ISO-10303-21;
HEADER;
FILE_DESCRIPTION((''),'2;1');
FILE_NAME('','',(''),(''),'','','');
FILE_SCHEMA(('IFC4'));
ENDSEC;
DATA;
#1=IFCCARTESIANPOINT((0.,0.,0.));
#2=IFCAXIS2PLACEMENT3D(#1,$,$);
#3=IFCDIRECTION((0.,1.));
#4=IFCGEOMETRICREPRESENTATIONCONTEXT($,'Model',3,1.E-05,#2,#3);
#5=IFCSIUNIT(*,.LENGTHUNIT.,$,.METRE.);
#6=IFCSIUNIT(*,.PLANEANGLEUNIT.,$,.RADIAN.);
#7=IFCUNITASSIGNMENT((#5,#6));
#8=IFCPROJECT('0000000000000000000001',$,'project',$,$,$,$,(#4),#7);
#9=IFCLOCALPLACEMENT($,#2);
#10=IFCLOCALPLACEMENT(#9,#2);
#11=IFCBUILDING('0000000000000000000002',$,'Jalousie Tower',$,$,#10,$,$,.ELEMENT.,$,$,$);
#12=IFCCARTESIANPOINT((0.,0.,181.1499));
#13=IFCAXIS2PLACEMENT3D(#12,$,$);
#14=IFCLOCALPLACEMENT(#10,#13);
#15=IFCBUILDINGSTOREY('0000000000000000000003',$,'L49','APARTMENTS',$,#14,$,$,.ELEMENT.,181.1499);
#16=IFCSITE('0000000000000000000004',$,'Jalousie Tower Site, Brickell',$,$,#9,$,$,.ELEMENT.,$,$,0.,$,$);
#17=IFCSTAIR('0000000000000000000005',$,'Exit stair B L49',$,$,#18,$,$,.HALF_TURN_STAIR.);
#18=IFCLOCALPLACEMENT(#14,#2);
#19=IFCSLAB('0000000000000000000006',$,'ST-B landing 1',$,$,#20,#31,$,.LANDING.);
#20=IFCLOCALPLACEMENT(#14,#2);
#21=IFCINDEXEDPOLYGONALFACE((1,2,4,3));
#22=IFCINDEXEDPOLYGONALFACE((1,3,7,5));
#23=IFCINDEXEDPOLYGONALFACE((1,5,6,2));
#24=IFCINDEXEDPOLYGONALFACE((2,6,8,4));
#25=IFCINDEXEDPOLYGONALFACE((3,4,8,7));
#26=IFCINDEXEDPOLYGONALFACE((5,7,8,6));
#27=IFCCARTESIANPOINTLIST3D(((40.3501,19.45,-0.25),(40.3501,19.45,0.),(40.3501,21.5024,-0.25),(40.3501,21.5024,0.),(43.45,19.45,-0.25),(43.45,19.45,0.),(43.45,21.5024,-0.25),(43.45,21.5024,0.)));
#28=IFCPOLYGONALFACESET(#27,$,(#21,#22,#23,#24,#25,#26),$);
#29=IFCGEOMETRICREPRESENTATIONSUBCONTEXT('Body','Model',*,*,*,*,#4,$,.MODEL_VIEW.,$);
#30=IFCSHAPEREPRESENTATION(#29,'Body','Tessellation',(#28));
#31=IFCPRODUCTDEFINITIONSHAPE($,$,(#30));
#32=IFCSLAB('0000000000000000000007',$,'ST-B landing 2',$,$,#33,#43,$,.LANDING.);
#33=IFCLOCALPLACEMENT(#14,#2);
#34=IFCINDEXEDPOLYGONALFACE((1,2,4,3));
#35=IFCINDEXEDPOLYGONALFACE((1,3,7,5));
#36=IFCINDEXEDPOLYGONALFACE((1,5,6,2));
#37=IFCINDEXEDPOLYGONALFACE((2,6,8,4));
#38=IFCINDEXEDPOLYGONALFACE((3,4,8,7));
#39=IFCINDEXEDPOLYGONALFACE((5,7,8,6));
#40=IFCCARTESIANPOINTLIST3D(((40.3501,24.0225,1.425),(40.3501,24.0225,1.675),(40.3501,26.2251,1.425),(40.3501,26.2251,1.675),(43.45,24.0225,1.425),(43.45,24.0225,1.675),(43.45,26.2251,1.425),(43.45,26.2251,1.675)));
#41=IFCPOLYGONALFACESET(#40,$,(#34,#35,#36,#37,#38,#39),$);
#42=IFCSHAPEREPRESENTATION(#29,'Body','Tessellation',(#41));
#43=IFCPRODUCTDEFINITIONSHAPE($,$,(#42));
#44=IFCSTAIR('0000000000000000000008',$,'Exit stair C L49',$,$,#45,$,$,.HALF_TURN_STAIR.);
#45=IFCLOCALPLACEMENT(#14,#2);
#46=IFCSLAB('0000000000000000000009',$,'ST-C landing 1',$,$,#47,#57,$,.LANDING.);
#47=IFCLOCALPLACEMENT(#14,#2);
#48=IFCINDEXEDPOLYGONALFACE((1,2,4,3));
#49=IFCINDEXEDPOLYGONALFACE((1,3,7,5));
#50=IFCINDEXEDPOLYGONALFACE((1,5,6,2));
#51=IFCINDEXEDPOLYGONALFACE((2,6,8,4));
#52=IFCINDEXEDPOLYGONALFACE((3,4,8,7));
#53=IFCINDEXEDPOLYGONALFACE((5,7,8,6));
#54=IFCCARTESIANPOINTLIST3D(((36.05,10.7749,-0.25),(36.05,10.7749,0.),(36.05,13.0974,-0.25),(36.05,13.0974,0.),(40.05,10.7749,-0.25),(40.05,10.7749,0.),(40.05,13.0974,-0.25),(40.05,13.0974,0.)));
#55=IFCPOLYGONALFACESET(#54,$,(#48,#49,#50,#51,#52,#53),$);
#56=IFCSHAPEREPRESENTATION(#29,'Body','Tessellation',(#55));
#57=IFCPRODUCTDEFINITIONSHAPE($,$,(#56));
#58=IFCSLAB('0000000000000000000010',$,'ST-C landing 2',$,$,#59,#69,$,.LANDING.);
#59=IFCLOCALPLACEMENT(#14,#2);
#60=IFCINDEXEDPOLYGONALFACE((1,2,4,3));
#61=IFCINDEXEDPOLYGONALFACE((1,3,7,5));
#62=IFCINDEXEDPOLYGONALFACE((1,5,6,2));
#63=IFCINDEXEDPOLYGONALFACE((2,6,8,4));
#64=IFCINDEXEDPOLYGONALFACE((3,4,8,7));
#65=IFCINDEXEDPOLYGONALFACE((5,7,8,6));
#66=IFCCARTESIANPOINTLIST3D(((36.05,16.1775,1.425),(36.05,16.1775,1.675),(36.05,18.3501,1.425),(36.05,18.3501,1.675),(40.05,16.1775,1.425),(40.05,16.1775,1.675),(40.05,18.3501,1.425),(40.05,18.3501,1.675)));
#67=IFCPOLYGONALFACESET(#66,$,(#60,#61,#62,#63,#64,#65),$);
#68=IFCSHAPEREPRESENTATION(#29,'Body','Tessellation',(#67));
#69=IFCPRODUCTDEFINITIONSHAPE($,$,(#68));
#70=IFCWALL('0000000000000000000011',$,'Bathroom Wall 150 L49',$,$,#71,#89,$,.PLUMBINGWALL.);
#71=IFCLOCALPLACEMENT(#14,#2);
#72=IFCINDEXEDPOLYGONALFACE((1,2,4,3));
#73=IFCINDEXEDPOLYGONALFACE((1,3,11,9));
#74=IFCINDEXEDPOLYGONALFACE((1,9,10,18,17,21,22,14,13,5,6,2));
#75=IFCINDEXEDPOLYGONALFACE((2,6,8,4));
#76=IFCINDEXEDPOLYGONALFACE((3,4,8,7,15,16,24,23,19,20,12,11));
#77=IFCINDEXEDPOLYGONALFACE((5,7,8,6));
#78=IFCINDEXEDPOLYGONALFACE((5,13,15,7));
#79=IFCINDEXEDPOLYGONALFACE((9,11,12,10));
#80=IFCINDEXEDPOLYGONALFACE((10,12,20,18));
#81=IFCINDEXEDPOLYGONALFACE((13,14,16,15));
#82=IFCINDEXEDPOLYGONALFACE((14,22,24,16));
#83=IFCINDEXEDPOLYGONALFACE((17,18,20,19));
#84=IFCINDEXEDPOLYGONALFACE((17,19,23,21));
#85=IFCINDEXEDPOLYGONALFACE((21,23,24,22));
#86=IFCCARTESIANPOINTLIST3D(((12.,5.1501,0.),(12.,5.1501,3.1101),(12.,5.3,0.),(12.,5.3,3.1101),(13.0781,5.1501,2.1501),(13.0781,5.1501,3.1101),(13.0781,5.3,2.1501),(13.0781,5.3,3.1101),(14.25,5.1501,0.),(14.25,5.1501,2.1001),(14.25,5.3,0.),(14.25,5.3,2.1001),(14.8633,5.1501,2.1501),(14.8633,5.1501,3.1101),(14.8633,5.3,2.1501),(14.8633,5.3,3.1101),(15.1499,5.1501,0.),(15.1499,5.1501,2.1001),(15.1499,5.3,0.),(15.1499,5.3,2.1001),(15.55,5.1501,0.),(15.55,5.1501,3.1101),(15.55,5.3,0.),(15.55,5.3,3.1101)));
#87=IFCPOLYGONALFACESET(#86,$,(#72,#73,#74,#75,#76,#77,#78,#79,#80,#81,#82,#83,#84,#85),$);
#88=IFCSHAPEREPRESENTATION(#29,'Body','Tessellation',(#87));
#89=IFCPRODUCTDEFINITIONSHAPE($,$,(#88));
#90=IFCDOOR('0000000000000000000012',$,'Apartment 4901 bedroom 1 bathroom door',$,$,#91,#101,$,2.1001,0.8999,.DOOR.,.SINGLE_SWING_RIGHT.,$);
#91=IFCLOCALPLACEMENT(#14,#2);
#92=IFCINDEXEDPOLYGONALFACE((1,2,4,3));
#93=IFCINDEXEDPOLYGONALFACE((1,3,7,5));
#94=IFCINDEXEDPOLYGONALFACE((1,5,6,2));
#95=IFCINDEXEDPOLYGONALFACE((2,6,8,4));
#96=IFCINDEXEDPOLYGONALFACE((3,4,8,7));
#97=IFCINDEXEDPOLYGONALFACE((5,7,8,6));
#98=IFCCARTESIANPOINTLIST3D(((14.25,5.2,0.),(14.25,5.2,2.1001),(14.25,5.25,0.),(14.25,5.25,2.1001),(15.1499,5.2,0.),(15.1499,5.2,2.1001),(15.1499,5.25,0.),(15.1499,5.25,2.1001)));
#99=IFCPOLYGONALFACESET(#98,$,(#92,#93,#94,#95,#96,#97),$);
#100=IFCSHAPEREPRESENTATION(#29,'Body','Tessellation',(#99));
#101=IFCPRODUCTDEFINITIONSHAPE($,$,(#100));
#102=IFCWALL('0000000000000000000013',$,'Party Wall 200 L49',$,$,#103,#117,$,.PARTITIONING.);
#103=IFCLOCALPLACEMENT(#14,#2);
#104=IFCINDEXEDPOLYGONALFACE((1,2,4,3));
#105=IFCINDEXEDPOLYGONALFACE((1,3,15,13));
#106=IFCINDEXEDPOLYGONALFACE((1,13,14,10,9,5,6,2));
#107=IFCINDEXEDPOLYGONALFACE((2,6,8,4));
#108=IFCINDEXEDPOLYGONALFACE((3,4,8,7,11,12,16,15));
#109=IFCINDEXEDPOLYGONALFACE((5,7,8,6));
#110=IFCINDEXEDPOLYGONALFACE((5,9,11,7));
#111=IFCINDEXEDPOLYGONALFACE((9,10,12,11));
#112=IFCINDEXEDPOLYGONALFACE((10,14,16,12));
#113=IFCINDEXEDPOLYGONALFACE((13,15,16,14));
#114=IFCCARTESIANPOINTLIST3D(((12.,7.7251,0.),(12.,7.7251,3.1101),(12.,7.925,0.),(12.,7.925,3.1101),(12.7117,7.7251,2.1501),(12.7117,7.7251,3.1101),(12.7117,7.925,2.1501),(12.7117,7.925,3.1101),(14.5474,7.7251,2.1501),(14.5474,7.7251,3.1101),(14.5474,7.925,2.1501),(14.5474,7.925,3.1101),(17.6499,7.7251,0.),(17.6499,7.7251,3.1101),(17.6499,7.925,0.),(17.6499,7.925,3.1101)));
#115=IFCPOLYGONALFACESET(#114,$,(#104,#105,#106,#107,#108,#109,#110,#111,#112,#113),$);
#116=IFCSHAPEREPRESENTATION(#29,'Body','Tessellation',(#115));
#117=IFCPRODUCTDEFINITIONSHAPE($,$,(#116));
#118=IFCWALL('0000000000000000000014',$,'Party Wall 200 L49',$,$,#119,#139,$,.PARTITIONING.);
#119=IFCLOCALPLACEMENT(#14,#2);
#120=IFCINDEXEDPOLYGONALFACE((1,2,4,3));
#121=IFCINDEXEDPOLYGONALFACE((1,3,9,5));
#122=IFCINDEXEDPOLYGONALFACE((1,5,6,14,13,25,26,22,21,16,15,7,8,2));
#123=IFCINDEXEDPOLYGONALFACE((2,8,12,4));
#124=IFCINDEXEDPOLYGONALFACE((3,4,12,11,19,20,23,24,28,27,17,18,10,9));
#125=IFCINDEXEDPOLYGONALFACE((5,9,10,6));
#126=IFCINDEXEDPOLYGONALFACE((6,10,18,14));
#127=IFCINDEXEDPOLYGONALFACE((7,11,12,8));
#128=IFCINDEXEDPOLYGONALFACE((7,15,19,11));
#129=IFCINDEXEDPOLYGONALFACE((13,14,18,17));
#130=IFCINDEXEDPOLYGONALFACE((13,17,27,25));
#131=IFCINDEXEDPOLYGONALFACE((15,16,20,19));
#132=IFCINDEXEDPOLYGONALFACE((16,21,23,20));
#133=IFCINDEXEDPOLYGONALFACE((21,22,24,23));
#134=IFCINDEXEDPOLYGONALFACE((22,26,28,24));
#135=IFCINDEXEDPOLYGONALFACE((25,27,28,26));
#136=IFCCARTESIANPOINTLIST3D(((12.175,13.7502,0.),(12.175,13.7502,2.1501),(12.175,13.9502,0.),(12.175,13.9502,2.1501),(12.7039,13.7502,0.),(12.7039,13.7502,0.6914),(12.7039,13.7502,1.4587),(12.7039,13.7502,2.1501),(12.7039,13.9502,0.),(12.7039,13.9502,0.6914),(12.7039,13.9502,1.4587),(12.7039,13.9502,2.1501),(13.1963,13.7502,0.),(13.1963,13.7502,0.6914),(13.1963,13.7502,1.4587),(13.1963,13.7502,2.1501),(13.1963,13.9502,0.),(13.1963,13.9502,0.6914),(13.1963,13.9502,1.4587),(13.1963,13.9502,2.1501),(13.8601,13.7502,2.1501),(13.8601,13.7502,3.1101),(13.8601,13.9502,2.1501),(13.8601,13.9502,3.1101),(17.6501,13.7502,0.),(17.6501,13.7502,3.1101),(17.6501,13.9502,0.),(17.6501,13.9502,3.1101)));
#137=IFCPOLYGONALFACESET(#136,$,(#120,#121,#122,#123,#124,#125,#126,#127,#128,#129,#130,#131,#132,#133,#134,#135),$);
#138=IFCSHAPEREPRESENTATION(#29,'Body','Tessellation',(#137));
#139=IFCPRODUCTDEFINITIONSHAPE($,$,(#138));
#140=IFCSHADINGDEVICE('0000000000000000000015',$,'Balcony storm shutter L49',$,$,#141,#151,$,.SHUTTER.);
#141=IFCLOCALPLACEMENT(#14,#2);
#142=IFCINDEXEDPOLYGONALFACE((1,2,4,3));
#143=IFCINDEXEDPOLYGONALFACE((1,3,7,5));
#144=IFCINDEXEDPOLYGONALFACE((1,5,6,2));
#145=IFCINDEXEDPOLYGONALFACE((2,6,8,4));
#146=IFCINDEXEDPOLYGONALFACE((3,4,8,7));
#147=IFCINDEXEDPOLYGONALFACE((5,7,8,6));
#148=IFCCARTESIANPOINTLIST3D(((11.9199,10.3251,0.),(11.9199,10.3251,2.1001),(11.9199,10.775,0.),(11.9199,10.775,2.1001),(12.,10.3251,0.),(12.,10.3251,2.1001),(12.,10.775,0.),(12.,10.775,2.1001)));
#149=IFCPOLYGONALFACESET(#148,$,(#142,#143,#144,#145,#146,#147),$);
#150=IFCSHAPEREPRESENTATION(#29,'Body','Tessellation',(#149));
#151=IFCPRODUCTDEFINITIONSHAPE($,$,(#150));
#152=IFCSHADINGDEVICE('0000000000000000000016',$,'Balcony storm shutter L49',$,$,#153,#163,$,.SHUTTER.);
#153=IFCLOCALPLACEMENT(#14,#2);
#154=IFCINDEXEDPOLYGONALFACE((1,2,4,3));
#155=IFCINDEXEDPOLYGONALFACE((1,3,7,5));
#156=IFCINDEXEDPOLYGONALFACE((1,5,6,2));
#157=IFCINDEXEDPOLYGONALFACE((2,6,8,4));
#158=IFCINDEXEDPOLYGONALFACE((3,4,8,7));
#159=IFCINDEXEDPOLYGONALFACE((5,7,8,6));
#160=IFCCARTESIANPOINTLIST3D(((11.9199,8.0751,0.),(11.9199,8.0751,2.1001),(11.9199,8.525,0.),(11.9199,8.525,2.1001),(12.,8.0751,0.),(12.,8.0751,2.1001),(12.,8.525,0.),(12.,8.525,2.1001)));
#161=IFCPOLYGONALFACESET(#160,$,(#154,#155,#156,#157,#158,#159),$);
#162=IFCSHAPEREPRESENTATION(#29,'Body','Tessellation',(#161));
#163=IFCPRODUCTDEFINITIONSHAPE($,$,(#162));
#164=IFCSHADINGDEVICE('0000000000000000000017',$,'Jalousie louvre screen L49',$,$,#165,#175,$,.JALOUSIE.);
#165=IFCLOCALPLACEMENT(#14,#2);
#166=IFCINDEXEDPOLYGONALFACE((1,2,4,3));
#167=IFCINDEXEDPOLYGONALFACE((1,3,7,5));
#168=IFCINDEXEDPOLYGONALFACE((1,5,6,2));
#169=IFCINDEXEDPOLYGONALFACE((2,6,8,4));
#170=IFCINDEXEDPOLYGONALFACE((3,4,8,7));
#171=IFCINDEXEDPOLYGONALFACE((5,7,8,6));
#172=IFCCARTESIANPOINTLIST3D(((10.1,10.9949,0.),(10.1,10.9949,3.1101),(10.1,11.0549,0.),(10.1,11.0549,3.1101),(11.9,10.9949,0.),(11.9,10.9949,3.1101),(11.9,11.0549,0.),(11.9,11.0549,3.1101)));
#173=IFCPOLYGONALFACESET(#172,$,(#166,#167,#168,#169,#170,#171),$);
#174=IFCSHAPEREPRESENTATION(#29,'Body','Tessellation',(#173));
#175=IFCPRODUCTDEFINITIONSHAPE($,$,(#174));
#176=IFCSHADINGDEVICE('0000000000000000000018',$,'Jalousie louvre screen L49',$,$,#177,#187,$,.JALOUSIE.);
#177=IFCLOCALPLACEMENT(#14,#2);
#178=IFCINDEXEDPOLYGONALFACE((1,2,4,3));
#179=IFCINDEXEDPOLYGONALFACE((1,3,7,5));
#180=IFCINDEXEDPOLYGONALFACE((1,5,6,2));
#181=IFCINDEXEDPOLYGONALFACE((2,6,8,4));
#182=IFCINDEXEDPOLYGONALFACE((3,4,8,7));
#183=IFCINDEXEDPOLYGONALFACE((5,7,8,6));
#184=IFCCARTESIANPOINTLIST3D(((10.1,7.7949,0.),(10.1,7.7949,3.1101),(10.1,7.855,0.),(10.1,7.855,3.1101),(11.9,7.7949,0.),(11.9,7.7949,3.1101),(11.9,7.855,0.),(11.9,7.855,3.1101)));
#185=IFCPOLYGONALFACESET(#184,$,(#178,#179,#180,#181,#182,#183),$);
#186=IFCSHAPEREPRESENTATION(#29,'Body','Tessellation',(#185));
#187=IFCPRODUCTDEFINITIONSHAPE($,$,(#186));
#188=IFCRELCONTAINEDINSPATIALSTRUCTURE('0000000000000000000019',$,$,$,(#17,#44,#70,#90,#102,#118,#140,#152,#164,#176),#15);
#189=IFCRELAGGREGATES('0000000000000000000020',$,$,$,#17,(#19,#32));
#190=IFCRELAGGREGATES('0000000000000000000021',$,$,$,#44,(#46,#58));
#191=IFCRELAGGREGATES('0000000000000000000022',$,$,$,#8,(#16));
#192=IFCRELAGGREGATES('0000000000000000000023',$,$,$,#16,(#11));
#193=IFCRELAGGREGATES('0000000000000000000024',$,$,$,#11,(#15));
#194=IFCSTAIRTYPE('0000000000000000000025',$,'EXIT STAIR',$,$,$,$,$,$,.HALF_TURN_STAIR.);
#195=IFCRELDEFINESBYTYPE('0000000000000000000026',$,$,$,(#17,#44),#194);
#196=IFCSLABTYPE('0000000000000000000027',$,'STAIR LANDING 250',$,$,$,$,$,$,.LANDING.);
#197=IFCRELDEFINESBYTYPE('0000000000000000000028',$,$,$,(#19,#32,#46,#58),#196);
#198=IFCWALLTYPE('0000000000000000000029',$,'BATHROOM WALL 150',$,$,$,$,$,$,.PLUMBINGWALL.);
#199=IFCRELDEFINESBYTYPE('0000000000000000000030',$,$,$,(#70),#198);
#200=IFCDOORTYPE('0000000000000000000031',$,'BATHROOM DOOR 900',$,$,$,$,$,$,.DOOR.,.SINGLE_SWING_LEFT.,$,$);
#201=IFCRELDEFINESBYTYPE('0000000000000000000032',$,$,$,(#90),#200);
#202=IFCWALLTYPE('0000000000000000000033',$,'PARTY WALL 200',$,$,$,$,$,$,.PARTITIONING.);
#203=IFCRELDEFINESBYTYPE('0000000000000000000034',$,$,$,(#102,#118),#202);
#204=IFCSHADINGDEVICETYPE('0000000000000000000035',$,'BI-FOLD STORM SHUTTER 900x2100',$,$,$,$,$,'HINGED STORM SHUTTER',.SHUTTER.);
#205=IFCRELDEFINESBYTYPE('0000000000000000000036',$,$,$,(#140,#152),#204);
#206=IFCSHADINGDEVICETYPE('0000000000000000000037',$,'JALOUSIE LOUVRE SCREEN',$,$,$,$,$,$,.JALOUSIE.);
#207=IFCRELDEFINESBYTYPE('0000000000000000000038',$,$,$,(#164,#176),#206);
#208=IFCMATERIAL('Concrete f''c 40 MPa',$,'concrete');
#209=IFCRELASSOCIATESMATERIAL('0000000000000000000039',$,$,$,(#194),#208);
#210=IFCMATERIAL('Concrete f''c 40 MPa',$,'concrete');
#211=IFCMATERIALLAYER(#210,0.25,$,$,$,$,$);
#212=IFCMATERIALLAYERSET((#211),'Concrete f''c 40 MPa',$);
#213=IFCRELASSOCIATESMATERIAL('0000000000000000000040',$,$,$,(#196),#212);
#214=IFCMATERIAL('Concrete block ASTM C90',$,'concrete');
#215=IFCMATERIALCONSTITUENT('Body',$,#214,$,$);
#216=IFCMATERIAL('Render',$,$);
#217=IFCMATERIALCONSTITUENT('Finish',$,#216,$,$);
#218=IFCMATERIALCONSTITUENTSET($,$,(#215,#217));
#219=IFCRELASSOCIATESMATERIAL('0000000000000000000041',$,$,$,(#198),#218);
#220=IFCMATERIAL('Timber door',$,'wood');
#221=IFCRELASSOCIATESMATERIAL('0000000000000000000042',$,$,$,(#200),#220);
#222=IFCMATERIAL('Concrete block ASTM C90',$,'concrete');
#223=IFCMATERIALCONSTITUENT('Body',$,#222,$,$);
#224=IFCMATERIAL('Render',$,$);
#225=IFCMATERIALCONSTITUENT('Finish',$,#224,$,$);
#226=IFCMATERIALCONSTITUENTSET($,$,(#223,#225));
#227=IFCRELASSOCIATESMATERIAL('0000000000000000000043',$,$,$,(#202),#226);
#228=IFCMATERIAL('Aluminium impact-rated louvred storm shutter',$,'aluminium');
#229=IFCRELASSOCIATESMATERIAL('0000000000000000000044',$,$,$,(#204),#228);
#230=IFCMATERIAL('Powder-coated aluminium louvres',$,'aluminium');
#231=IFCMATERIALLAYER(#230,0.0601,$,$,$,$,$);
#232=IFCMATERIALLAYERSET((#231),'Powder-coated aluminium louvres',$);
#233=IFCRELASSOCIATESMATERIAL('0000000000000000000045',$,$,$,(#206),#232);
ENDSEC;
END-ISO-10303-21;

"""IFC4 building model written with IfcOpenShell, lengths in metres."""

from ifc_helpers import new_model, si_unit, direction, frame, frame_2d, origin, origin_2d, place, context, subcontext, project, spatial, polyline, rectangle, outline, extrude, material, layer, layer_set, constituent, constituent_set, type_object, element, fill, aggregate, save


model = new_model("IFC4")

# Units and contexts
model_context = context("Model", 3, precision=1e-05, world=origin(), true_north=direction((0.0, 1.0)))
body_context = subcontext(model_context, "Body", "Model", "MODEL_VIEW")
ifc_project = project(units=[si_unit("LENGTHUNIT", "METRE"), si_unit("PLANEANGLEUNIT", "RADIAN")], contexts=[model_context])

# Site, building, storey
site_placement = place(None, origin())
site = spatial("IfcSite", under=ifc_project, at=site_placement, Name="Jalousie Tower Site, Brickell", CompositionType="ELEMENT", RefElevation=0.0)
building_placement = place(site_placement, origin())
building = spatial("IfcBuilding", under=site, at=building_placement, Name="Jalousie Tower", CompositionType="ELEMENT")
storey_placement = place(building_placement, frame((0.0, 0.0, 181.1499)))
storey = spatial("IfcBuildingStorey", under=building, at=storey_placement, Name="L49", Description="APARTMENTS", CompositionType="ELEMENT", Elevation=181.1499)

# Stairs, slabs
ifc_material_1 = material(Name="Concrete f'c 40 MPa", Category="concrete")
stair_type = type_object("IfcStairType", Name="EXIT STAIR", PredefinedType="HALF_TURN_STAIR", material=ifc_material_1)
ifc_material_2 = material(Name="Concrete f'c 40 MPa", Category="concrete")
ifc_layer_1 = layer(ifc_material_2, 0.25)
ifc_layer_set_1 = layer_set([ifc_layer_1], Name="Concrete f'c 40 MPa")
slab_type_1 = type_object("IfcSlabType", Name="STAIR LANDING 250", PredefinedType="LANDING", material=ifc_layer_set_1)
stair_1_placement = place(storey_placement, origin())
stair_1 = element("IfcStair", 1, at=stair_1_placement, inside=storey, type_object=stair_type, Name="Exit stair B L49", PredefinedType="HALF_TURN_STAIR")
slab_1_placement = place(storey_placement, frame((0.0, 0.0, -0.25)))
slab_1 = element("IfcSlab", 2, at=slab_1_placement, type_object=slab_type_1, Name="ST-B landing 1", PredefinedType="LANDING", context=body_context, shape_type="SweptSolid", body=[
    extrude(outline(polyline([(40.3501, 19.45), (43.45, 19.45), (43.45, 21.5024), (40.3501, 21.5024), (40.3501, 19.45)])), origin(), (0.0, 0.0, 1.0), 0.25),
])
slab_2_placement = place(storey_placement, frame((0.0, 0.0, 1.425)))
slab_2 = element("IfcSlab", 3, at=slab_2_placement, type_object=slab_type_1, Name="ST-B landing 2", PredefinedType="LANDING", context=body_context, shape_type="SweptSolid", body=[
    extrude(outline(polyline([(40.3501, 24.0225), (43.45, 24.0225), (43.45, 26.2251), (40.3501, 26.2251), (40.3501, 24.0225)])), origin(), (0.0, 0.0, 1.0), 0.25),
])
aggregate(stair_1, [slab_1, slab_2])
stair_2_placement = place(storey_placement, origin())
stair_2 = element("IfcStair", 4, at=stair_2_placement, inside=storey, type_object=stair_type, Name="Exit stair C L49", PredefinedType="HALF_TURN_STAIR")
slab_3_placement = place(storey_placement, frame((0.0, 0.0, -0.25)))
slab_3 = element("IfcSlab", 5, at=slab_3_placement, type_object=slab_type_1, Name="ST-C landing 1", PredefinedType="LANDING", context=body_context, shape_type="SweptSolid", body=[
    extrude(outline(polyline([(36.05, 10.7749), (40.05, 10.7749), (40.05, 13.0974), (36.05, 13.0974), (36.05, 10.7749)])), origin(), (0.0, 0.0, 1.0), 0.25),
])
slab_4_placement = place(storey_placement, frame((0.0, 0.0, 1.425)))
slab_4 = element("IfcSlab", 6, at=slab_4_placement, type_object=slab_type_1, Name="ST-C landing 2", PredefinedType="LANDING", context=body_context, shape_type="SweptSolid", body=[
    extrude(outline(polyline([(36.05, 16.1775), (40.05, 16.1775), (40.05, 18.3501), (36.05, 18.3501), (36.05, 16.1775)])), origin(), (0.0, 0.0, 1.0), 0.25),
])
aggregate(stair_2, [slab_3, slab_4])

# Wall, opening, door
ifc_material_3 = material(Name="Concrete block ASTM C90", Category="concrete")
ifc_constituent_1 = constituent(ifc_material_3, Name="Body")
ifc_material_4 = material(Name="Render")
ifc_constituent_2 = constituent(ifc_material_4, Name="Finish")
ifc_constituent_set_1 = constituent_set(constituents=[ifc_constituent_1, ifc_constituent_2])
wall_type_1 = type_object("IfcWallType", Name="BATHROOM WALL 150", PredefinedType="PLUMBINGWALL", material=ifc_constituent_set_1)
wall_1_placement = place(storey_placement, frame((12.0, 5.2251, 0.0), z_axis=(0.0, 0.0, 1.0), x_axis=(1.0, 0.0, 0.0)))
wall_1 = element("IfcWall", 7, at=wall_1_placement, inside=storey, type_object=wall_type_1, Name="Bathroom Wall 150 L49", PredefinedType="PLUMBINGWALL", context=body_context, shape_type="SweptSolid", body=[
    extrude(outline(polyline([(0.0, 0.0), (3.55, 0.0), (3.55, 3.1101), (2.8633, 3.1101), (2.8633, 2.1501), (1.0781, 2.1501), (1.0781, 3.1101), (0.0, 3.1101), (0.0, 0.0)])), frame((0.0, 0.075, 0.0), z_axis=(0.0, -1.0, 0.0), x_axis=(1.0, 0.0, 0.0)), (0.0, 0.0, 1.0), 0.1499),
])
opening_placement = place(wall_1_placement, frame((2.25, 0.0, 0.0)))
opening = element("IfcOpeningElement", 8, at=opening_placement, cuts=wall_1, PredefinedType="OPENING", context=body_context, shape_type="SweptSolid", body=[
    extrude(rectangle(XDim=0.8999, YDim=2.1001, at=frame_2d((0.45, 1.05))), frame((0.0, 0.085, 0.0), z_axis=(0.0, -1.0, 0.0), x_axis=(1.0, 0.0, 0.0)), (0.0, 0.0, 1.0), 0.1699),
])
ifc_material_5 = material(Name="Timber door", Category="wood")
door_type = type_object("IfcDoorType", Name="BATHROOM DOOR 900", OperationType="SINGLE_SWING_LEFT", PredefinedType="DOOR", material=ifc_material_5)
door_placement = place(opening_placement, origin())
door = element("IfcDoor", 9, at=door_placement, inside=storey, type_object=door_type, Name="Apartment 4901 bedroom 1 bathroom door", OperationType="SINGLE_SWING_RIGHT", OverallHeight=2.1001, OverallWidth=0.8999, PredefinedType="DOOR", context=body_context, shape_type="SweptSolid", body=[
    extrude(rectangle(XDim=0.8999, YDim=2.1001, at=frame_2d((0.45, 1.05))), frame((0.0, 0.0249, 0.0), z_axis=(0.0, -1.0, 0.0), x_axis=(1.0, 0.0, 0.0)), (0.0, 0.0, 1.0), 0.05),
])
fill(opening, door)

# Walls
ifc_material_6 = material(Name="Concrete block ASTM C90", Category="concrete")
ifc_constituent_3 = constituent(ifc_material_6, Name="Body")
ifc_material_7 = material(Name="Render")
ifc_constituent_4 = constituent(ifc_material_7, Name="Finish")
ifc_constituent_set_2 = constituent_set(constituents=[ifc_constituent_3, ifc_constituent_4])
wall_type_2 = type_object("IfcWallType", Name="PARTY WALL 200", PredefinedType="PARTITIONING", material=ifc_constituent_set_2)
wall_2_placement = place(storey_placement, frame((12.0, 7.825, 0.0), z_axis=(0.0, 0.0, 1.0), x_axis=(1.0, 0.0, 0.0)))
element("IfcWall", 10, at=wall_2_placement, inside=storey, type_object=wall_type_2, Name="Party Wall 200 L49", PredefinedType="PARTITIONING", context=body_context, shape_type="SweptSolid", body=[
    extrude(outline(polyline([(0.0, 0.0), (5.6499, 0.0), (5.6499, 3.1101), (2.5474, 3.1101), (2.5474, 2.1501), (0.7117, 2.1501), (0.7117, 3.1101), (0.0, 3.1101), (0.0, 0.0)])), frame((0.0, 0.1001, 0.0), z_axis=(0.0, -1.0, 0.0), x_axis=(1.0, 0.0, 0.0)), (0.0, 0.0, 1.0), 0.2),
])
wall_3_placement = place(storey_placement, frame((12.175, 13.8501, 0.0), z_axis=(0.0, 0.0, 1.0), x_axis=(1.0, 0.0, 0.0)))
element("IfcWall", 11, at=wall_3_placement, inside=storey, type_object=wall_type_2, Name="Party Wall 200 L49", PredefinedType="PARTITIONING", context=body_context, shape_type="SweptSolid", body=[
    extrude(outline(polyline([(0.5288, 2.1501), (0.0, 2.1501), (0.0, 0.0), (0.5288, 0.0), (0.5288, 0.6914), (1.0212, 0.6914), (1.0212, 0.0), (5.4751, 0.0), (5.4751, 3.1101), (1.6851, 3.1101), (1.6851, 2.1501), (1.0212, 2.1501), (1.0212, 1.4587), (0.5288, 1.4587), (0.5288, 2.1501)])), frame((0.0, 0.1001, 0.0), z_axis=(0.0, -1.0, 0.0), x_axis=(1.0, 0.0, 0.0)), (0.0, 0.0, 1.0), 0.2),
])

# Shading devices
ifc_material_8 = material(Name="Aluminium impact-rated louvred storm shutter", Category="aluminium")
shading_device_type_1 = type_object("IfcShadingDeviceType", Name="BI-FOLD STORM SHUTTER 900x2100", ElementType="HINGED STORM SHUTTER", PredefinedType="SHUTTER", material=ifc_material_8)
for number, where, z_axis, x_axis, name in (
    (12, (11.96, 10.55, 0.0), (0.0, 0.0, 1.0), (0.0, -1.0, 0.0), "Balcony storm shutter L49"),
    (13, (11.96, 8.3, 0.0), (0.0, 0.0, 1.0), (0.0, -1.0, 0.0), "Balcony storm shutter L49"),
):
    element("IfcShadingDevice", number, at=place(storey_placement, frame(where, z_axis=z_axis, x_axis=x_axis)), inside=storey, type_object=shading_device_type_1, Name=name, PredefinedType="SHUTTER", context=body_context, shape_type="SweptSolid", body=[
        extrude(rectangle(XDim=0.45, YDim=0.0801, at=origin_2d()), origin(), (0.0, 0.0, 1.0), 2.1001),
    ])

# Shading devices
ifc_material_9 = material(Name="Powder-coated aluminium louvres", Category="aluminium")
ifc_layer_2 = layer(ifc_material_9, 0.0601)
ifc_layer_set_2 = layer_set([ifc_layer_2], Name="Powder-coated aluminium louvres")
shading_device_type_2 = type_object("IfcShadingDeviceType", Name="JALOUSIE LOUVRE SCREEN", PredefinedType="JALOUSIE", material=ifc_layer_set_2)
for number, where, z_axis, x_axis, name in (
    (14, (11.0, 11.0249, 0.0), (0.0, 0.0, 1.0), (0.0, -1.0, 0.0), "Jalousie louvre screen L49"),
    (15, (11.0, 7.825, 0.0), (0.0, 0.0, 1.0), (0.0, -1.0, 0.0), "Jalousie louvre screen L49"),
):
    element("IfcShadingDevice", number, at=place(storey_placement, frame(where, z_axis=z_axis, x_axis=x_axis)), inside=storey, type_object=shading_device_type_2, Name=name, PredefinedType="JALOUSIE", context=body_context, shape_type="SweptSolid", body=[
        extrude(rectangle(XDim=0.0601, YDim=1.8, at=origin_2d()), origin(), (0.0, 0.0, 1.0), 3.1101),
    ])

save(model, "model.ifc")
